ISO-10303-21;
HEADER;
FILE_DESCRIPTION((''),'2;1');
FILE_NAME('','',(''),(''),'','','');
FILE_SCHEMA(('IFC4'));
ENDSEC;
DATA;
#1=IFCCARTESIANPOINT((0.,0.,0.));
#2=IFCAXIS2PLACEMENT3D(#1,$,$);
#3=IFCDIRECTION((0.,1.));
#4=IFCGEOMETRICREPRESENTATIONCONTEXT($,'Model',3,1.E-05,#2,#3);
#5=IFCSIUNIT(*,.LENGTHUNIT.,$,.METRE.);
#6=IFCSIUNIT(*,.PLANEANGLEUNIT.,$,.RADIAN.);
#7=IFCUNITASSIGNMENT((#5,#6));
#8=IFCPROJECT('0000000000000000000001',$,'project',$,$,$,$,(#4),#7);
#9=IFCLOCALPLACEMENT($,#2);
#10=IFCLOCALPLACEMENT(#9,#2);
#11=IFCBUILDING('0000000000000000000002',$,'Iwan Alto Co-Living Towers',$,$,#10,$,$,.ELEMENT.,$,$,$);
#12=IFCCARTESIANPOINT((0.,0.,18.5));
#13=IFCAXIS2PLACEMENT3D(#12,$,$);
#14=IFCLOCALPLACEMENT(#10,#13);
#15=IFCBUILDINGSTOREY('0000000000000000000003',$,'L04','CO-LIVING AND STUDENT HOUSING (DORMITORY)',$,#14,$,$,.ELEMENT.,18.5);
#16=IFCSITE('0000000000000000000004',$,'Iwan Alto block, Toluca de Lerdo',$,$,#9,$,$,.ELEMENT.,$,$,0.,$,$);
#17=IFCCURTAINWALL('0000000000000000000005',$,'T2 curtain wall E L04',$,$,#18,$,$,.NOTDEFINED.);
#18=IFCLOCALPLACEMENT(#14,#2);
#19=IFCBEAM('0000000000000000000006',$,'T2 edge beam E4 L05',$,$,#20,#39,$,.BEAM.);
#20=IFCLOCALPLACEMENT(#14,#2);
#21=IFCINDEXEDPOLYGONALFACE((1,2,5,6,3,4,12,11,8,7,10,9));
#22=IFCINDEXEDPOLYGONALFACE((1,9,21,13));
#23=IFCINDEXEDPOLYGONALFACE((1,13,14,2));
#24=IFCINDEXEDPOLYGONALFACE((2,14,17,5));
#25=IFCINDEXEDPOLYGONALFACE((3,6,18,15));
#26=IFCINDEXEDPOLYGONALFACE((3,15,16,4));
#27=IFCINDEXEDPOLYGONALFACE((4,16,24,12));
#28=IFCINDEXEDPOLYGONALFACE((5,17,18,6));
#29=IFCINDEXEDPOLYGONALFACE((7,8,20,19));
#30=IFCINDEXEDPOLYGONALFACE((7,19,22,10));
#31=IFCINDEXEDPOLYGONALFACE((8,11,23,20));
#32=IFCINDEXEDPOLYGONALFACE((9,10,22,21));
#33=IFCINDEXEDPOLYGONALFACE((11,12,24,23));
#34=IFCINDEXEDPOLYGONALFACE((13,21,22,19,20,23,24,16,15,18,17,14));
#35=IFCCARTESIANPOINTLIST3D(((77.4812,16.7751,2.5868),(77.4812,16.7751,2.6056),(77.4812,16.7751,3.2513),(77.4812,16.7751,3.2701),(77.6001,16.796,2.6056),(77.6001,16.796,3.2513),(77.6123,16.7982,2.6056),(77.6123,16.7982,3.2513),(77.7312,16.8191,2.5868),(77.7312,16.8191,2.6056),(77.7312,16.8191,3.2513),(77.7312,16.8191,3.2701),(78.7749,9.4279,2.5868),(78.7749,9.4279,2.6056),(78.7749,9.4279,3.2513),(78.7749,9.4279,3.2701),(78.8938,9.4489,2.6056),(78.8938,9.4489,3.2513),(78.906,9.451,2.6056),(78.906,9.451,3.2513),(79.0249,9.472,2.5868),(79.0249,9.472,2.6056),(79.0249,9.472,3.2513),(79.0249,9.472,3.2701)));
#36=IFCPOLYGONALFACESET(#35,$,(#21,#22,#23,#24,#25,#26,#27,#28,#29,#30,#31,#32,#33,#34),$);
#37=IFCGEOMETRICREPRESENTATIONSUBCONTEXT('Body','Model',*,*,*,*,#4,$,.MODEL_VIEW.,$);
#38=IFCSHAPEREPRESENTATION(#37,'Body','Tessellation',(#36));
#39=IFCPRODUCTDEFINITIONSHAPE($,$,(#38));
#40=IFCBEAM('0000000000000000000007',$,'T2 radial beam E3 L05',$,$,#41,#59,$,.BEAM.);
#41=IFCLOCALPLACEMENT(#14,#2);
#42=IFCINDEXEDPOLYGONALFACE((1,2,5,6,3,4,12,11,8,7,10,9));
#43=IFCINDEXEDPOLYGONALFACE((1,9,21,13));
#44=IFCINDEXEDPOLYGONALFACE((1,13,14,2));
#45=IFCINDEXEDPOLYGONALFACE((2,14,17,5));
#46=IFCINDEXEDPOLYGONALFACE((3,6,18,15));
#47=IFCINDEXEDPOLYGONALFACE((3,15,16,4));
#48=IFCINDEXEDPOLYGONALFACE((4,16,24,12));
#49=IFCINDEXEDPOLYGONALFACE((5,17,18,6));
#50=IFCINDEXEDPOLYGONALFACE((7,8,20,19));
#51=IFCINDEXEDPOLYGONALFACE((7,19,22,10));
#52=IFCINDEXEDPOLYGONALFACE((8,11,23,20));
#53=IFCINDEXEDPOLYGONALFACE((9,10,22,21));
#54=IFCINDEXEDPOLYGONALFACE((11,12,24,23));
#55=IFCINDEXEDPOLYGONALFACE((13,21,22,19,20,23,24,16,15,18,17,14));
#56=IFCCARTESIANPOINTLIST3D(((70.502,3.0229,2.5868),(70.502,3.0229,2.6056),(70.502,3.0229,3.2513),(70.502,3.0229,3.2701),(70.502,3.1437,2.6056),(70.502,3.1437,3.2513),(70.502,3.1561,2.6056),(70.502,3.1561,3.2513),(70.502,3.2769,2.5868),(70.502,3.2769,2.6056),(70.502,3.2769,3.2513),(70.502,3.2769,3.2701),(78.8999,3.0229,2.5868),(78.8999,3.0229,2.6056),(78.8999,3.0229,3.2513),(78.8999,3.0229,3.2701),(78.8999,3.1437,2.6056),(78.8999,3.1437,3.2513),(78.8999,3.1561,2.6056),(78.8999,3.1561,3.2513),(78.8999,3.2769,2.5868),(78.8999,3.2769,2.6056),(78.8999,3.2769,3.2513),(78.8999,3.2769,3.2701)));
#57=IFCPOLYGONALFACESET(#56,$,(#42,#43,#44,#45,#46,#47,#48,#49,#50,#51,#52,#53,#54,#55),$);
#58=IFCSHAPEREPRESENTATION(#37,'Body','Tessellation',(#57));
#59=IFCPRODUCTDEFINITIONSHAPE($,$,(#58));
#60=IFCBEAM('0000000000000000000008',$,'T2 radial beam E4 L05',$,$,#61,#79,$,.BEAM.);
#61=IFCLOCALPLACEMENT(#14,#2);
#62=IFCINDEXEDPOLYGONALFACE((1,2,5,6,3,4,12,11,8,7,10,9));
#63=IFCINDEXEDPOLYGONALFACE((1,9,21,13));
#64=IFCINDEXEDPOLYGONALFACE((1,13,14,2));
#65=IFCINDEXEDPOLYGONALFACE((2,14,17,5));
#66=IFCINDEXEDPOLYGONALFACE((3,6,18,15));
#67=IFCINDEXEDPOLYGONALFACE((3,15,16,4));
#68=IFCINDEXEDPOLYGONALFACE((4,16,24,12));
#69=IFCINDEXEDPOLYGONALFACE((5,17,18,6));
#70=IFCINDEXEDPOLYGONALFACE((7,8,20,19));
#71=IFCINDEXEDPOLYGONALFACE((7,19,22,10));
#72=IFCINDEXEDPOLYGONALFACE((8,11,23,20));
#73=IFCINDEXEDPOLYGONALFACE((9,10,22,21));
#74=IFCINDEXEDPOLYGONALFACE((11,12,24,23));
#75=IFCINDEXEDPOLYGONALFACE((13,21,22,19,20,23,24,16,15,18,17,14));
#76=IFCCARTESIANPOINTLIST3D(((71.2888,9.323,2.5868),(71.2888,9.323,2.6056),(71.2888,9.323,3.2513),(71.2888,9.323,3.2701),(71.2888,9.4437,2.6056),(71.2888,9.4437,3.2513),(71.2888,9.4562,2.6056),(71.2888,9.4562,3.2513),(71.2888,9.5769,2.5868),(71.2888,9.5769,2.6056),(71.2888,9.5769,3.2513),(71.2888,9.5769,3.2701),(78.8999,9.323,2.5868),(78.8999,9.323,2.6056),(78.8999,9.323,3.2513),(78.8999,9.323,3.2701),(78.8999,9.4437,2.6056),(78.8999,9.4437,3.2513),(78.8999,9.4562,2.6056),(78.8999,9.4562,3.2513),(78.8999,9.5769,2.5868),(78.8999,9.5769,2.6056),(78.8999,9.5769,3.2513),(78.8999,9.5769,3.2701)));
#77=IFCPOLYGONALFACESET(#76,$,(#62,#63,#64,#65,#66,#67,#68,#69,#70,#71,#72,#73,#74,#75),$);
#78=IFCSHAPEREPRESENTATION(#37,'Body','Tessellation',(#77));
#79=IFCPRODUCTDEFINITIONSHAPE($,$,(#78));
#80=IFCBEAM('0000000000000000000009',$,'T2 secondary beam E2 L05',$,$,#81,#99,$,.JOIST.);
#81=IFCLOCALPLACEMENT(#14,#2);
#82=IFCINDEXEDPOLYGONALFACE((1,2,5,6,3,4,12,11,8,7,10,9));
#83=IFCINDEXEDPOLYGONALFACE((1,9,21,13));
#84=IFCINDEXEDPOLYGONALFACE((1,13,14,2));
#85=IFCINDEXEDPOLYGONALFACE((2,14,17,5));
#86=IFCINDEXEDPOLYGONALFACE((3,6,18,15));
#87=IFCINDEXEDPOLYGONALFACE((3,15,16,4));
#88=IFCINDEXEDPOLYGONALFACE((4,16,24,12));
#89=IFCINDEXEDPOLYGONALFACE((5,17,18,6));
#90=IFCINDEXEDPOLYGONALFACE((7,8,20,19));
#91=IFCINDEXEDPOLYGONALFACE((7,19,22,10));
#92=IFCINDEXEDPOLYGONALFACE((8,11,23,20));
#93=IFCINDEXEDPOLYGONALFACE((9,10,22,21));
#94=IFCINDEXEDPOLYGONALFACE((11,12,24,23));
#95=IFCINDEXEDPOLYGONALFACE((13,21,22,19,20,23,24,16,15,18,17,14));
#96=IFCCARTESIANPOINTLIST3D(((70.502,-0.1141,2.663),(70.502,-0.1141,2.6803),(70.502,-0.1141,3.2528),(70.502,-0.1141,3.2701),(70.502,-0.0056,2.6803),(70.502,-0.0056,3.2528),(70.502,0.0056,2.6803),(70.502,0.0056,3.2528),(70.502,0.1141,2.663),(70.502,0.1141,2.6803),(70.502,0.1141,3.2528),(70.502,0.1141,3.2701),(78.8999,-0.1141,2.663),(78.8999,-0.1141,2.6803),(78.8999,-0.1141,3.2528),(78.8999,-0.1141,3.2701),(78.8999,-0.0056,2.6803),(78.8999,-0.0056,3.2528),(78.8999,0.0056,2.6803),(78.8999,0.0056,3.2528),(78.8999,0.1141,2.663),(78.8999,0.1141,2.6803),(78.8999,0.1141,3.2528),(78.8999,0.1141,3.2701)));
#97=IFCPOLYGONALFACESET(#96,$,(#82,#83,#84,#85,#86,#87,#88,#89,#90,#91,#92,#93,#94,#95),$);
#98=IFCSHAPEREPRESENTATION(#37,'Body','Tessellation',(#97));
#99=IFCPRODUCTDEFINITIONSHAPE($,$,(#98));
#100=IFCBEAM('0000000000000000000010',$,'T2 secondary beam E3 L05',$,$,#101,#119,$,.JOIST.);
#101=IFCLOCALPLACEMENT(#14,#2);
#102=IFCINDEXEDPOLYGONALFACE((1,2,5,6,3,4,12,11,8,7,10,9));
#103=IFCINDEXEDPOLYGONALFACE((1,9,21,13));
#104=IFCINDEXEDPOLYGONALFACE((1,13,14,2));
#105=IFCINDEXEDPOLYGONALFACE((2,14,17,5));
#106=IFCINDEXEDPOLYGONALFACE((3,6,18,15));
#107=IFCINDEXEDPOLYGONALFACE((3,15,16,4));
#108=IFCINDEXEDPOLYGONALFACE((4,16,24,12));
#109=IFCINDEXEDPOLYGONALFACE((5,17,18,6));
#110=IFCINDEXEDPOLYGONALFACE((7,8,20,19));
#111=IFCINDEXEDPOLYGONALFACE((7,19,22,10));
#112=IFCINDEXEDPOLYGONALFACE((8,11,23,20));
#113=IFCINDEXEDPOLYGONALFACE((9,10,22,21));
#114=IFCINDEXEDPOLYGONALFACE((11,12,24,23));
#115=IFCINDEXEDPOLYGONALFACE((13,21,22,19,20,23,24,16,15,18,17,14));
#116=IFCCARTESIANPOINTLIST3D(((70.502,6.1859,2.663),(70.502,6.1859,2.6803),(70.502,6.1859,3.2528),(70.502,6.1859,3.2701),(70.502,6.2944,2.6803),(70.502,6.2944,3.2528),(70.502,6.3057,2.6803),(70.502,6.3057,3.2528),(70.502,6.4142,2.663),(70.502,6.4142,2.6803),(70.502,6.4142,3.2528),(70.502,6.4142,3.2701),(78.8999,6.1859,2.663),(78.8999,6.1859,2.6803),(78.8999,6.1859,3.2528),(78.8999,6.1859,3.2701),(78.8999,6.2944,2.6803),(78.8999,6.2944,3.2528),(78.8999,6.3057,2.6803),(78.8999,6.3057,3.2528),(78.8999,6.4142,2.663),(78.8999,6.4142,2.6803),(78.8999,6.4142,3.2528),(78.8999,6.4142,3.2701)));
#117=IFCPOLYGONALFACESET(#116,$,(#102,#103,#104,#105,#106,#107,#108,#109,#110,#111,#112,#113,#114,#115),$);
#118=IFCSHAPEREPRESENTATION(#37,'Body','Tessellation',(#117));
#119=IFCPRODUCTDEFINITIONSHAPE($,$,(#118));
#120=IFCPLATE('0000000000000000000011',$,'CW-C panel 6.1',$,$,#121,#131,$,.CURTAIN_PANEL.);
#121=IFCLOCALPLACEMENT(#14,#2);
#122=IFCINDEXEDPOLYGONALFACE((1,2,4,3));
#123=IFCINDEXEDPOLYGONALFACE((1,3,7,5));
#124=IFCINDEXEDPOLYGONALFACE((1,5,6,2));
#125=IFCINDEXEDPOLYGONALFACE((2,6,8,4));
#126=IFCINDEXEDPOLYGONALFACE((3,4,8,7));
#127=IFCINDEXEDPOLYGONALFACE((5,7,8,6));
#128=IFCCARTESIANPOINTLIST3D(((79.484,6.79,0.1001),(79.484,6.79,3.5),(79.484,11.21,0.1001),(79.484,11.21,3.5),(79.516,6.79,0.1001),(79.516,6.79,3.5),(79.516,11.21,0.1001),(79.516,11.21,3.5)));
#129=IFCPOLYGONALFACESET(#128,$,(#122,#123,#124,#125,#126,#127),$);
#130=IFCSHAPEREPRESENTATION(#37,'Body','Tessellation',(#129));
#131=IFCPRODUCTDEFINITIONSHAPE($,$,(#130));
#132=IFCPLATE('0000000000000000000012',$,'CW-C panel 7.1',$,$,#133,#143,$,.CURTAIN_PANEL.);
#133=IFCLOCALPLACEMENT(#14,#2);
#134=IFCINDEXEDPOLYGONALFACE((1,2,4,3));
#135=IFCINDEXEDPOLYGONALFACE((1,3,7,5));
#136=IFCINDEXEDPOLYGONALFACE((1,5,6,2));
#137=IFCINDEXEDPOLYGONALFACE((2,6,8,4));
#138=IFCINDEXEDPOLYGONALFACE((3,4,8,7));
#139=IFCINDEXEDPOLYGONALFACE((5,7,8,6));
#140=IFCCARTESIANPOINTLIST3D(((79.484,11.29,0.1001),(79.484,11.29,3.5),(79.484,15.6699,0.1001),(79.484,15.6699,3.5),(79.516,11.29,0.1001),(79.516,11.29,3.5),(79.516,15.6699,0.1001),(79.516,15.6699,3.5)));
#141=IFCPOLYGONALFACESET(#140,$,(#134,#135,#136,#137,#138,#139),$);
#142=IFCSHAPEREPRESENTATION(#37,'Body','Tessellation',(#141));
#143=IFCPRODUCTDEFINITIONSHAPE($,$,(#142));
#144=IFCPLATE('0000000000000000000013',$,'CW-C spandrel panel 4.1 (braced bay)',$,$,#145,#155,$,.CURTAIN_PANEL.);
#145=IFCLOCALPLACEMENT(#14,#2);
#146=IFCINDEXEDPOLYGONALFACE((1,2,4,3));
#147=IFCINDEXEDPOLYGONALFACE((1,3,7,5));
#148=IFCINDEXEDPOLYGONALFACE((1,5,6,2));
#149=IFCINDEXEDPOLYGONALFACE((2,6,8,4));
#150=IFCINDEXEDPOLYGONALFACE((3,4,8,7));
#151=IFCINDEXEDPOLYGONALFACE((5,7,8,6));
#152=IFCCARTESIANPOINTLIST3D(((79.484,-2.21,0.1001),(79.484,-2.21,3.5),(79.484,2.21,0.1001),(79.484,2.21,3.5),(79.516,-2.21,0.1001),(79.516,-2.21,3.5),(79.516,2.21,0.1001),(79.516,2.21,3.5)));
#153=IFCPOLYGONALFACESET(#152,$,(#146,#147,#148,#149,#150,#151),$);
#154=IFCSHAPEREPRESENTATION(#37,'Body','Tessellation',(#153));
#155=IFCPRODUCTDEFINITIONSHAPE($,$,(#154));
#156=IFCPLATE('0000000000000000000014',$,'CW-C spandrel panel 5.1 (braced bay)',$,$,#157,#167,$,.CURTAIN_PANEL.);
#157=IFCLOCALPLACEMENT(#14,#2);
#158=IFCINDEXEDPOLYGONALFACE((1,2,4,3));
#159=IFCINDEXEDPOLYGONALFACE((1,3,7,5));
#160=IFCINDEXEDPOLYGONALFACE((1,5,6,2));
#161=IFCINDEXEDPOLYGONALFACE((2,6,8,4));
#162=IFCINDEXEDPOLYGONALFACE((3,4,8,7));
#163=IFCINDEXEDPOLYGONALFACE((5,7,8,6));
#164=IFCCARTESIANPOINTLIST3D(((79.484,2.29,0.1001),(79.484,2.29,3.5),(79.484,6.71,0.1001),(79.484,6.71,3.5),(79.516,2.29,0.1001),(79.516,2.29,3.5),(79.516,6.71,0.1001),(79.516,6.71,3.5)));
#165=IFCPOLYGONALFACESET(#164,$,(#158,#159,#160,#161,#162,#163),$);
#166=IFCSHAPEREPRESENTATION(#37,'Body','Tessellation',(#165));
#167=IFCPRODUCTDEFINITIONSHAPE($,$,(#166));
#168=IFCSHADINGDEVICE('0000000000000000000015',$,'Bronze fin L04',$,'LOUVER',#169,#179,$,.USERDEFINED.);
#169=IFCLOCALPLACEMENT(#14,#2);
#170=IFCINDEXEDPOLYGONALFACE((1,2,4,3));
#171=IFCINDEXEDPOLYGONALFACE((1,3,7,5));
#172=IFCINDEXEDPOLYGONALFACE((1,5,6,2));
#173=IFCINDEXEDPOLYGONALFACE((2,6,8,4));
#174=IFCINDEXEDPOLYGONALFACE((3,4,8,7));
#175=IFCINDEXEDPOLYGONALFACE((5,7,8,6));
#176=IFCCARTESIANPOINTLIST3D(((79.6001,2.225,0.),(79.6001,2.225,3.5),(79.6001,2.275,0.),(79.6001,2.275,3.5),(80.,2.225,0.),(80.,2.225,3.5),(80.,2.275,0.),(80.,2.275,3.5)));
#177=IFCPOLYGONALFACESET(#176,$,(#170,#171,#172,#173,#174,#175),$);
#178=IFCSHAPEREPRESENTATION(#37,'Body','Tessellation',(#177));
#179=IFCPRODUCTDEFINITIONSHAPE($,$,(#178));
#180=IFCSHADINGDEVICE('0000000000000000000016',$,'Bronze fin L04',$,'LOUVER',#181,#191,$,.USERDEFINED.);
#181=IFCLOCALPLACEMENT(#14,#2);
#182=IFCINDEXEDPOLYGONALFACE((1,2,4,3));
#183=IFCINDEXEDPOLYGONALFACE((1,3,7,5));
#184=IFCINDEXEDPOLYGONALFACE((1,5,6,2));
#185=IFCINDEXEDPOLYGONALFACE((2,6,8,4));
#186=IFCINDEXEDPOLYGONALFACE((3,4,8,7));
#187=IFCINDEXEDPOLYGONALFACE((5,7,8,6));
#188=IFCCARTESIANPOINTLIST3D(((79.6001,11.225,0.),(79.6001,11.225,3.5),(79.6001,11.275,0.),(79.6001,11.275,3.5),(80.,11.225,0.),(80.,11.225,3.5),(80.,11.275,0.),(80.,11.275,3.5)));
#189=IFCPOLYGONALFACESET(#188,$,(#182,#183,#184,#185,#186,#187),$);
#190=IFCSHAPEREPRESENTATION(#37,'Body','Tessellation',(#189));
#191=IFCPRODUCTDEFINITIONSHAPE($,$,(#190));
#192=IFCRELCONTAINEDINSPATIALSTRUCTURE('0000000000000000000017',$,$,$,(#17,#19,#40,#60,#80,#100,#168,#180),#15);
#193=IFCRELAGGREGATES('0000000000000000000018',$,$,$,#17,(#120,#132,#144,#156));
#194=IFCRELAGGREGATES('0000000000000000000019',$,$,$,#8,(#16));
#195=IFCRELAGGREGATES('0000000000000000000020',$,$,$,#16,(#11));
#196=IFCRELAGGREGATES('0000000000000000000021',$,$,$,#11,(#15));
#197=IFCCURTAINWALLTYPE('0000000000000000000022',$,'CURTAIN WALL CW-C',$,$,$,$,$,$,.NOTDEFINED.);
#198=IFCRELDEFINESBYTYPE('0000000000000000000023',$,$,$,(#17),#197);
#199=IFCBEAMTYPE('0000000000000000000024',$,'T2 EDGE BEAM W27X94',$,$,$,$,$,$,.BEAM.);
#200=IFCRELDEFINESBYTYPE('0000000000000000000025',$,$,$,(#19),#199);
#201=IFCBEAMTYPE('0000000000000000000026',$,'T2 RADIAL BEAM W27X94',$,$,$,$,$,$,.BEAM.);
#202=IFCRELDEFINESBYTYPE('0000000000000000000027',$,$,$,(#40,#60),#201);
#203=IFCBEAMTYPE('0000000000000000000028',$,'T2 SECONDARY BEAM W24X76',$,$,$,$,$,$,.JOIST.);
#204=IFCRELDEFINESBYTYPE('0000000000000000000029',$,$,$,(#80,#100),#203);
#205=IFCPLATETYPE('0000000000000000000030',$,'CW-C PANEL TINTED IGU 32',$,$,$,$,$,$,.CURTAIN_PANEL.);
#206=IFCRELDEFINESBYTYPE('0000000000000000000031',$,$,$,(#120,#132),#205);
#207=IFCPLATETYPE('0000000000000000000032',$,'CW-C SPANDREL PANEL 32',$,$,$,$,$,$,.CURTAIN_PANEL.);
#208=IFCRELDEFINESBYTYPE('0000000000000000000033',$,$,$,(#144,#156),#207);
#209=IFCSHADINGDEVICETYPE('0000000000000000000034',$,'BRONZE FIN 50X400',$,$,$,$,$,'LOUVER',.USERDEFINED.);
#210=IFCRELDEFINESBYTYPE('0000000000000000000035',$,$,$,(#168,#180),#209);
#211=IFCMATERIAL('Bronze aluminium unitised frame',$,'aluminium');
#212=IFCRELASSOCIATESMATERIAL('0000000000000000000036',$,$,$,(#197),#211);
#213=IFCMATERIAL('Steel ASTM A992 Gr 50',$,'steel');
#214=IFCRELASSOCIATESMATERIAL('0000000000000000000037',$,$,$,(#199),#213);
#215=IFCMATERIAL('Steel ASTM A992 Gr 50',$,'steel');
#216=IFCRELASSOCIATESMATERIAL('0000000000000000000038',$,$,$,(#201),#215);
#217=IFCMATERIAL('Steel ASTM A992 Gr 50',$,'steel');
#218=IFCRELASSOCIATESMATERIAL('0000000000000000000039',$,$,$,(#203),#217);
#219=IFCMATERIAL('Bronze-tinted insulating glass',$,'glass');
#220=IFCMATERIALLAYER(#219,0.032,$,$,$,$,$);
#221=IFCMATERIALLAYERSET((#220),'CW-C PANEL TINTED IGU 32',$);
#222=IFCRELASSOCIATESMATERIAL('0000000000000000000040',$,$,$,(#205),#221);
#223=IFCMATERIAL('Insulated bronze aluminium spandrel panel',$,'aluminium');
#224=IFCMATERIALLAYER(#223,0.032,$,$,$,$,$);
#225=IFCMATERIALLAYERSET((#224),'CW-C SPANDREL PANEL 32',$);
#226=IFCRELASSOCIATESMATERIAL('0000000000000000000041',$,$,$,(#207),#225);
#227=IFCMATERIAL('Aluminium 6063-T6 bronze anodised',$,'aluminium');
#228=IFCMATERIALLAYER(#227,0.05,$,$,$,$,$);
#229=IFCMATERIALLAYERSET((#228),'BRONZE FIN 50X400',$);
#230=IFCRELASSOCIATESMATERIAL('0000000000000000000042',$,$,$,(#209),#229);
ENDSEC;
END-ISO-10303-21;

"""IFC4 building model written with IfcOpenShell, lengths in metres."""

from ifc_helpers import new_model, si_unit, direction, frame, origin, origin_2d, place, context, subcontext, project, spatial, rectangle, i_section, extrude, material, layer, layer_set, material_profile, profile_set, type_object, element, aggregate, save


model = new_model("IFC4")

# Units and contexts
model_context = context("Model", 3, precision=1e-05, world=origin(), true_north=direction((0.0, 1.0)))
body_context = subcontext(model_context, "Body", "Model", "MODEL_VIEW")
ifc_project = project(units=[si_unit("LENGTHUNIT", "METRE"), si_unit("PLANEANGLEUNIT", "RADIAN")], contexts=[model_context])

# Site, building, storey
site_placement = place(None, origin())
site = spatial("IfcSite", under=ifc_project, at=site_placement, Name="Iwan Alto block, Toluca de Lerdo", CompositionType="ELEMENT", RefElevation=0.0)
building_placement = place(site_placement, origin())
building = spatial("IfcBuilding", under=site, at=building_placement, Name="Iwan Alto Co-Living Towers", CompositionType="ELEMENT")
storey_placement = place(building_placement, frame((0.0, 0.0, 18.5)))
storey = spatial("IfcBuildingStorey", under=building, at=storey_placement, Name="L04", Description="CO-LIVING AND STUDENT HOUSING (DORMITORY)", CompositionType="ELEMENT", Elevation=18.5)

# Curtain wall
ifc_material_1 = material(Name="Bronze aluminium unitised frame", Category="aluminium")
curtain_wall_type = type_object("IfcCurtainWallType", Name="CURTAIN WALL CW-C", PredefinedType="NOTDEFINED", material=ifc_material_1)
curtain_wall_placement = place(storey_placement, origin())
curtain_wall = element("IfcCurtainWall", 1, at=curtain_wall_placement, inside=storey, type_object=curtain_wall_type, Name="T2 curtain wall E L04", PredefinedType="NOTDEFINED")

# Beams
ifc_material_2 = material(Name="Steel ASTM A992 Gr 50", Category="steel")
ifc_material_profile_1 = material_profile(ifc_material_2, i_section(OverallWidth=0.2539, OverallDepth=0.6833, WebThickness=0.0125, FlangeThickness=0.0188, at=origin_2d()), Name="W27X94")
ifc_profile_set_1 = profile_set([ifc_material_profile_1], Name="Steel ASTM A992 Gr 50")
beam_type_1 = type_object("IfcBeamType", Name="T2 EDGE BEAM W27X94", PredefinedType="BEAM", material=ifc_profile_set_1)
beam_1_placement = place(storey_placement, frame((78.8999, 9.45, 2.9285), z_axis=(-0.173414, 0.984849, 0.0), x_axis=(-0.984849, -0.173414, 0.0)))
element("IfcBeam", 2, at=beam_1_placement, inside=storey, type_object=beam_type_1, Name="T2 edge beam E4 L05", PredefinedType="BEAM", context=body_context, shape_type="SweptSolid", body=[
    extrude(i_section(OverallWidth=0.2539, OverallDepth=0.6833, WebThickness=0.0125, FlangeThickness=0.0188, at=origin_2d()), origin(), (0.0, 0.0, 1.0), 7.4602),
])
ifc_material_3 = material(Name="Steel ASTM A992 Gr 50", Category="steel")
ifc_material_profile_2 = material_profile(ifc_material_3, i_section(OverallWidth=0.2539, OverallDepth=0.6833, WebThickness=0.0125, FlangeThickness=0.0188, at=origin_2d()), Name="W27X94")
ifc_profile_set_2 = profile_set([ifc_material_profile_2], Name="Steel ASTM A992 Gr 50")
beam_type_2 = type_object("IfcBeamType", Name="T2 RADIAL BEAM W27X94", PredefinedType="BEAM", material=ifc_profile_set_2)
beam_2_placement = place(storey_placement, frame((78.8999, 3.1499, 2.9285), z_axis=(-1.0, 0.0, 0.0), x_axis=(0.0, -1.0, 0.0)))
element("IfcBeam", 3, at=beam_2_placement, inside=storey, type_object=beam_type_2, Name="T2 radial beam E3 L05", PredefinedType="BEAM", context=body_context, shape_type="SweptSolid", body=[
    extrude(i_section(OverallWidth=0.2539, OverallDepth=0.6833, WebThickness=0.0125, FlangeThickness=0.0188, at=origin_2d()), origin(), (0.0, 0.0, 1.0), 8.3979),
])
beam_3_placement = place(storey_placement, frame((78.8999, 9.45, 2.9285), z_axis=(-1.0, 0.0, 0.0), x_axis=(0.0, -1.0, 0.0)))
element("IfcBeam", 4, at=beam_3_placement, inside=storey, type_object=beam_type_2, Name="T2 radial beam E4 L05", PredefinedType="BEAM", context=body_context, shape_type="SweptSolid", body=[
    extrude(i_section(OverallWidth=0.2539, OverallDepth=0.6833, WebThickness=0.0125, FlangeThickness=0.0188, at=origin_2d()), origin(), (0.0, 0.0, 1.0), 7.6111),
])
ifc_material_4 = material(Name="Steel ASTM A992 Gr 50", Category="steel")
ifc_material_profile_3 = material_profile(ifc_material_4, i_section(OverallWidth=0.2283, OverallDepth=0.6072, WebThickness=0.0112, FlangeThickness=0.0173, at=origin_2d()), Name="W24X76")
ifc_profile_set_3 = profile_set([ifc_material_profile_3], Name="Steel ASTM A992 Gr 50")
beam_type_3 = type_object("IfcBeamType", Name="T2 SECONDARY BEAM W24X76", PredefinedType="JOIST", material=ifc_profile_set_3)
for number, where, z_axis, x_axis, name in (
    (5, (78.8999, 0.0, 2.9666), (-1.0, 0.0, 0.0), (0.0, -1.0, 0.0), "T2 secondary beam E2 L05"),
    (6, (78.8999, 6.3, 2.9666), (-1.0, 0.0, 0.0), (0.0, -1.0, 0.0), "T2 secondary beam E3 L05"),
):
    element("IfcBeam", number, at=place(storey_placement, frame(where, z_axis=z_axis, x_axis=x_axis)), inside=storey, type_object=beam_type_3, Name=name, PredefinedType="JOIST", context=body_context, shape_type="SweptSolid", body=[
        extrude(i_section(OverallWidth=0.2283, OverallDepth=0.6072, WebThickness=0.0112, FlangeThickness=0.0173, at=origin_2d()), origin(), (0.0, 0.0, 1.0), 8.3979),
    ])

# Plates
ifc_material_5 = material(Name="Bronze-tinted insulating glass", Category="glass")
ifc_layer_1 = layer(ifc_material_5, 0.032)
ifc_layer_set_1 = layer_set([ifc_layer_1], Name="CW-C PANEL TINTED IGU 32")
plate_type_1 = type_object("IfcPlateType", Name="CW-C PANEL TINTED IGU 32", PredefinedType="CURTAIN_PANEL", material=ifc_layer_set_1)
plate_1_placement = place(storey_placement, frame((79.5, 9.0, 0.1001), z_axis=(0.0, 0.0, 1.0), x_axis=(0.0, 1.0, 0.0)))
plate_1 = element("IfcPlate", 7, at=plate_1_placement, type_object=plate_type_1, Name="CW-C panel 6.1", PredefinedType="CURTAIN_PANEL", context=body_context, shape_type="SweptSolid", body=[
    extrude(rectangle(XDim=4.4199, YDim=0.032, at=origin_2d()), origin(), (0.0, 0.0, 1.0), 3.3999),
])
plate_2_placement = place(storey_placement, frame((79.5, 13.48, 0.1001), z_axis=(0.0, 0.0, 1.0), x_axis=(0.0, 1.0, 0.0)))
plate_2 = element("IfcPlate", 8, at=plate_2_placement, type_object=plate_type_1, Name="CW-C panel 7.1", PredefinedType="CURTAIN_PANEL", context=body_context, shape_type="SweptSolid", body=[
    extrude(rectangle(XDim=4.3799, YDim=0.032, at=origin_2d()), origin(), (0.0, 0.0, 1.0), 3.3999),
])
ifc_material_6 = material(Name="Insulated bronze aluminium spandrel panel", Category="aluminium")
ifc_layer_2 = layer(ifc_material_6, 0.032)
ifc_layer_set_2 = layer_set([ifc_layer_2], Name="CW-C SPANDREL PANEL 32")
plate_type_2 = type_object("IfcPlateType", Name="CW-C SPANDREL PANEL 32", PredefinedType="CURTAIN_PANEL", material=ifc_layer_set_2)
plate_3_placement = place(storey_placement, frame((79.5, 0.0, 0.1001), z_axis=(0.0, 0.0, 1.0), x_axis=(0.0, 1.0, 0.0)))
plate_3 = element("IfcPlate", 9, at=plate_3_placement, type_object=plate_type_2, Name="CW-C spandrel panel 4.1 (braced bay)", PredefinedType="CURTAIN_PANEL", context=body_context, shape_type="SweptSolid", body=[
    extrude(rectangle(XDim=4.4199, YDim=0.032, at=origin_2d()), origin(), (0.0, 0.0, 1.0), 3.3999),
])
plate_4_placement = place(storey_placement, frame((79.5, 4.5, 0.1001), z_axis=(0.0, 0.0, 1.0), x_axis=(0.0, 1.0, 0.0)))
plate_4 = element("IfcPlate", 10, at=plate_4_placement, type_object=plate_type_2, Name="CW-C spandrel panel 5.1 (braced bay)", PredefinedType="CURTAIN_PANEL", context=body_context, shape_type="SweptSolid", body=[
    extrude(rectangle(XDim=4.4199, YDim=0.032, at=origin_2d()), origin(), (0.0, 0.0, 1.0), 3.3999),
])
aggregate(curtain_wall, [plate_1, plate_2, plate_3, plate_4])

# Shading devices
ifc_material_7 = material(Name="Aluminium 6063-T6 bronze anodised", Category="aluminium")
ifc_layer_3 = layer(ifc_material_7, 0.05)
ifc_layer_set_3 = layer_set([ifc_layer_3], Name="BRONZE FIN 50X400")
shading_device_type = type_object("IfcShadingDeviceType", Name="BRONZE FIN 50X400", ElementType="LOUVER", PredefinedType="USERDEFINED", material=ifc_layer_set_3)
for number, where, z_axis, x_axis, name in (
    (11, (79.8, 2.25, 0.0), (0.0, 0.0, 1.0), (0.0, 1.0, 0.0), "Bronze fin L04"),
    (12, (79.8, 11.25, 0.0), (0.0, 0.0, 1.0), (0.0, 1.0, 0.0), "Bronze fin L04"),
):
    element("IfcShadingDevice", number, at=place(storey_placement, frame(where, z_axis=z_axis, x_axis=x_axis)), inside=storey, type_object=shading_device_type, Name=name, ObjectType="LOUVER", PredefinedType="USERDEFINED", context=body_context, shape_type="SweptSolid", body=[
        extrude(rectangle(XDim=0.05, YDim=0.3999, at=origin_2d()), origin(), (0.0, 0.0, 1.0), 3.5),
    ])

save(model, "model.ifc")
